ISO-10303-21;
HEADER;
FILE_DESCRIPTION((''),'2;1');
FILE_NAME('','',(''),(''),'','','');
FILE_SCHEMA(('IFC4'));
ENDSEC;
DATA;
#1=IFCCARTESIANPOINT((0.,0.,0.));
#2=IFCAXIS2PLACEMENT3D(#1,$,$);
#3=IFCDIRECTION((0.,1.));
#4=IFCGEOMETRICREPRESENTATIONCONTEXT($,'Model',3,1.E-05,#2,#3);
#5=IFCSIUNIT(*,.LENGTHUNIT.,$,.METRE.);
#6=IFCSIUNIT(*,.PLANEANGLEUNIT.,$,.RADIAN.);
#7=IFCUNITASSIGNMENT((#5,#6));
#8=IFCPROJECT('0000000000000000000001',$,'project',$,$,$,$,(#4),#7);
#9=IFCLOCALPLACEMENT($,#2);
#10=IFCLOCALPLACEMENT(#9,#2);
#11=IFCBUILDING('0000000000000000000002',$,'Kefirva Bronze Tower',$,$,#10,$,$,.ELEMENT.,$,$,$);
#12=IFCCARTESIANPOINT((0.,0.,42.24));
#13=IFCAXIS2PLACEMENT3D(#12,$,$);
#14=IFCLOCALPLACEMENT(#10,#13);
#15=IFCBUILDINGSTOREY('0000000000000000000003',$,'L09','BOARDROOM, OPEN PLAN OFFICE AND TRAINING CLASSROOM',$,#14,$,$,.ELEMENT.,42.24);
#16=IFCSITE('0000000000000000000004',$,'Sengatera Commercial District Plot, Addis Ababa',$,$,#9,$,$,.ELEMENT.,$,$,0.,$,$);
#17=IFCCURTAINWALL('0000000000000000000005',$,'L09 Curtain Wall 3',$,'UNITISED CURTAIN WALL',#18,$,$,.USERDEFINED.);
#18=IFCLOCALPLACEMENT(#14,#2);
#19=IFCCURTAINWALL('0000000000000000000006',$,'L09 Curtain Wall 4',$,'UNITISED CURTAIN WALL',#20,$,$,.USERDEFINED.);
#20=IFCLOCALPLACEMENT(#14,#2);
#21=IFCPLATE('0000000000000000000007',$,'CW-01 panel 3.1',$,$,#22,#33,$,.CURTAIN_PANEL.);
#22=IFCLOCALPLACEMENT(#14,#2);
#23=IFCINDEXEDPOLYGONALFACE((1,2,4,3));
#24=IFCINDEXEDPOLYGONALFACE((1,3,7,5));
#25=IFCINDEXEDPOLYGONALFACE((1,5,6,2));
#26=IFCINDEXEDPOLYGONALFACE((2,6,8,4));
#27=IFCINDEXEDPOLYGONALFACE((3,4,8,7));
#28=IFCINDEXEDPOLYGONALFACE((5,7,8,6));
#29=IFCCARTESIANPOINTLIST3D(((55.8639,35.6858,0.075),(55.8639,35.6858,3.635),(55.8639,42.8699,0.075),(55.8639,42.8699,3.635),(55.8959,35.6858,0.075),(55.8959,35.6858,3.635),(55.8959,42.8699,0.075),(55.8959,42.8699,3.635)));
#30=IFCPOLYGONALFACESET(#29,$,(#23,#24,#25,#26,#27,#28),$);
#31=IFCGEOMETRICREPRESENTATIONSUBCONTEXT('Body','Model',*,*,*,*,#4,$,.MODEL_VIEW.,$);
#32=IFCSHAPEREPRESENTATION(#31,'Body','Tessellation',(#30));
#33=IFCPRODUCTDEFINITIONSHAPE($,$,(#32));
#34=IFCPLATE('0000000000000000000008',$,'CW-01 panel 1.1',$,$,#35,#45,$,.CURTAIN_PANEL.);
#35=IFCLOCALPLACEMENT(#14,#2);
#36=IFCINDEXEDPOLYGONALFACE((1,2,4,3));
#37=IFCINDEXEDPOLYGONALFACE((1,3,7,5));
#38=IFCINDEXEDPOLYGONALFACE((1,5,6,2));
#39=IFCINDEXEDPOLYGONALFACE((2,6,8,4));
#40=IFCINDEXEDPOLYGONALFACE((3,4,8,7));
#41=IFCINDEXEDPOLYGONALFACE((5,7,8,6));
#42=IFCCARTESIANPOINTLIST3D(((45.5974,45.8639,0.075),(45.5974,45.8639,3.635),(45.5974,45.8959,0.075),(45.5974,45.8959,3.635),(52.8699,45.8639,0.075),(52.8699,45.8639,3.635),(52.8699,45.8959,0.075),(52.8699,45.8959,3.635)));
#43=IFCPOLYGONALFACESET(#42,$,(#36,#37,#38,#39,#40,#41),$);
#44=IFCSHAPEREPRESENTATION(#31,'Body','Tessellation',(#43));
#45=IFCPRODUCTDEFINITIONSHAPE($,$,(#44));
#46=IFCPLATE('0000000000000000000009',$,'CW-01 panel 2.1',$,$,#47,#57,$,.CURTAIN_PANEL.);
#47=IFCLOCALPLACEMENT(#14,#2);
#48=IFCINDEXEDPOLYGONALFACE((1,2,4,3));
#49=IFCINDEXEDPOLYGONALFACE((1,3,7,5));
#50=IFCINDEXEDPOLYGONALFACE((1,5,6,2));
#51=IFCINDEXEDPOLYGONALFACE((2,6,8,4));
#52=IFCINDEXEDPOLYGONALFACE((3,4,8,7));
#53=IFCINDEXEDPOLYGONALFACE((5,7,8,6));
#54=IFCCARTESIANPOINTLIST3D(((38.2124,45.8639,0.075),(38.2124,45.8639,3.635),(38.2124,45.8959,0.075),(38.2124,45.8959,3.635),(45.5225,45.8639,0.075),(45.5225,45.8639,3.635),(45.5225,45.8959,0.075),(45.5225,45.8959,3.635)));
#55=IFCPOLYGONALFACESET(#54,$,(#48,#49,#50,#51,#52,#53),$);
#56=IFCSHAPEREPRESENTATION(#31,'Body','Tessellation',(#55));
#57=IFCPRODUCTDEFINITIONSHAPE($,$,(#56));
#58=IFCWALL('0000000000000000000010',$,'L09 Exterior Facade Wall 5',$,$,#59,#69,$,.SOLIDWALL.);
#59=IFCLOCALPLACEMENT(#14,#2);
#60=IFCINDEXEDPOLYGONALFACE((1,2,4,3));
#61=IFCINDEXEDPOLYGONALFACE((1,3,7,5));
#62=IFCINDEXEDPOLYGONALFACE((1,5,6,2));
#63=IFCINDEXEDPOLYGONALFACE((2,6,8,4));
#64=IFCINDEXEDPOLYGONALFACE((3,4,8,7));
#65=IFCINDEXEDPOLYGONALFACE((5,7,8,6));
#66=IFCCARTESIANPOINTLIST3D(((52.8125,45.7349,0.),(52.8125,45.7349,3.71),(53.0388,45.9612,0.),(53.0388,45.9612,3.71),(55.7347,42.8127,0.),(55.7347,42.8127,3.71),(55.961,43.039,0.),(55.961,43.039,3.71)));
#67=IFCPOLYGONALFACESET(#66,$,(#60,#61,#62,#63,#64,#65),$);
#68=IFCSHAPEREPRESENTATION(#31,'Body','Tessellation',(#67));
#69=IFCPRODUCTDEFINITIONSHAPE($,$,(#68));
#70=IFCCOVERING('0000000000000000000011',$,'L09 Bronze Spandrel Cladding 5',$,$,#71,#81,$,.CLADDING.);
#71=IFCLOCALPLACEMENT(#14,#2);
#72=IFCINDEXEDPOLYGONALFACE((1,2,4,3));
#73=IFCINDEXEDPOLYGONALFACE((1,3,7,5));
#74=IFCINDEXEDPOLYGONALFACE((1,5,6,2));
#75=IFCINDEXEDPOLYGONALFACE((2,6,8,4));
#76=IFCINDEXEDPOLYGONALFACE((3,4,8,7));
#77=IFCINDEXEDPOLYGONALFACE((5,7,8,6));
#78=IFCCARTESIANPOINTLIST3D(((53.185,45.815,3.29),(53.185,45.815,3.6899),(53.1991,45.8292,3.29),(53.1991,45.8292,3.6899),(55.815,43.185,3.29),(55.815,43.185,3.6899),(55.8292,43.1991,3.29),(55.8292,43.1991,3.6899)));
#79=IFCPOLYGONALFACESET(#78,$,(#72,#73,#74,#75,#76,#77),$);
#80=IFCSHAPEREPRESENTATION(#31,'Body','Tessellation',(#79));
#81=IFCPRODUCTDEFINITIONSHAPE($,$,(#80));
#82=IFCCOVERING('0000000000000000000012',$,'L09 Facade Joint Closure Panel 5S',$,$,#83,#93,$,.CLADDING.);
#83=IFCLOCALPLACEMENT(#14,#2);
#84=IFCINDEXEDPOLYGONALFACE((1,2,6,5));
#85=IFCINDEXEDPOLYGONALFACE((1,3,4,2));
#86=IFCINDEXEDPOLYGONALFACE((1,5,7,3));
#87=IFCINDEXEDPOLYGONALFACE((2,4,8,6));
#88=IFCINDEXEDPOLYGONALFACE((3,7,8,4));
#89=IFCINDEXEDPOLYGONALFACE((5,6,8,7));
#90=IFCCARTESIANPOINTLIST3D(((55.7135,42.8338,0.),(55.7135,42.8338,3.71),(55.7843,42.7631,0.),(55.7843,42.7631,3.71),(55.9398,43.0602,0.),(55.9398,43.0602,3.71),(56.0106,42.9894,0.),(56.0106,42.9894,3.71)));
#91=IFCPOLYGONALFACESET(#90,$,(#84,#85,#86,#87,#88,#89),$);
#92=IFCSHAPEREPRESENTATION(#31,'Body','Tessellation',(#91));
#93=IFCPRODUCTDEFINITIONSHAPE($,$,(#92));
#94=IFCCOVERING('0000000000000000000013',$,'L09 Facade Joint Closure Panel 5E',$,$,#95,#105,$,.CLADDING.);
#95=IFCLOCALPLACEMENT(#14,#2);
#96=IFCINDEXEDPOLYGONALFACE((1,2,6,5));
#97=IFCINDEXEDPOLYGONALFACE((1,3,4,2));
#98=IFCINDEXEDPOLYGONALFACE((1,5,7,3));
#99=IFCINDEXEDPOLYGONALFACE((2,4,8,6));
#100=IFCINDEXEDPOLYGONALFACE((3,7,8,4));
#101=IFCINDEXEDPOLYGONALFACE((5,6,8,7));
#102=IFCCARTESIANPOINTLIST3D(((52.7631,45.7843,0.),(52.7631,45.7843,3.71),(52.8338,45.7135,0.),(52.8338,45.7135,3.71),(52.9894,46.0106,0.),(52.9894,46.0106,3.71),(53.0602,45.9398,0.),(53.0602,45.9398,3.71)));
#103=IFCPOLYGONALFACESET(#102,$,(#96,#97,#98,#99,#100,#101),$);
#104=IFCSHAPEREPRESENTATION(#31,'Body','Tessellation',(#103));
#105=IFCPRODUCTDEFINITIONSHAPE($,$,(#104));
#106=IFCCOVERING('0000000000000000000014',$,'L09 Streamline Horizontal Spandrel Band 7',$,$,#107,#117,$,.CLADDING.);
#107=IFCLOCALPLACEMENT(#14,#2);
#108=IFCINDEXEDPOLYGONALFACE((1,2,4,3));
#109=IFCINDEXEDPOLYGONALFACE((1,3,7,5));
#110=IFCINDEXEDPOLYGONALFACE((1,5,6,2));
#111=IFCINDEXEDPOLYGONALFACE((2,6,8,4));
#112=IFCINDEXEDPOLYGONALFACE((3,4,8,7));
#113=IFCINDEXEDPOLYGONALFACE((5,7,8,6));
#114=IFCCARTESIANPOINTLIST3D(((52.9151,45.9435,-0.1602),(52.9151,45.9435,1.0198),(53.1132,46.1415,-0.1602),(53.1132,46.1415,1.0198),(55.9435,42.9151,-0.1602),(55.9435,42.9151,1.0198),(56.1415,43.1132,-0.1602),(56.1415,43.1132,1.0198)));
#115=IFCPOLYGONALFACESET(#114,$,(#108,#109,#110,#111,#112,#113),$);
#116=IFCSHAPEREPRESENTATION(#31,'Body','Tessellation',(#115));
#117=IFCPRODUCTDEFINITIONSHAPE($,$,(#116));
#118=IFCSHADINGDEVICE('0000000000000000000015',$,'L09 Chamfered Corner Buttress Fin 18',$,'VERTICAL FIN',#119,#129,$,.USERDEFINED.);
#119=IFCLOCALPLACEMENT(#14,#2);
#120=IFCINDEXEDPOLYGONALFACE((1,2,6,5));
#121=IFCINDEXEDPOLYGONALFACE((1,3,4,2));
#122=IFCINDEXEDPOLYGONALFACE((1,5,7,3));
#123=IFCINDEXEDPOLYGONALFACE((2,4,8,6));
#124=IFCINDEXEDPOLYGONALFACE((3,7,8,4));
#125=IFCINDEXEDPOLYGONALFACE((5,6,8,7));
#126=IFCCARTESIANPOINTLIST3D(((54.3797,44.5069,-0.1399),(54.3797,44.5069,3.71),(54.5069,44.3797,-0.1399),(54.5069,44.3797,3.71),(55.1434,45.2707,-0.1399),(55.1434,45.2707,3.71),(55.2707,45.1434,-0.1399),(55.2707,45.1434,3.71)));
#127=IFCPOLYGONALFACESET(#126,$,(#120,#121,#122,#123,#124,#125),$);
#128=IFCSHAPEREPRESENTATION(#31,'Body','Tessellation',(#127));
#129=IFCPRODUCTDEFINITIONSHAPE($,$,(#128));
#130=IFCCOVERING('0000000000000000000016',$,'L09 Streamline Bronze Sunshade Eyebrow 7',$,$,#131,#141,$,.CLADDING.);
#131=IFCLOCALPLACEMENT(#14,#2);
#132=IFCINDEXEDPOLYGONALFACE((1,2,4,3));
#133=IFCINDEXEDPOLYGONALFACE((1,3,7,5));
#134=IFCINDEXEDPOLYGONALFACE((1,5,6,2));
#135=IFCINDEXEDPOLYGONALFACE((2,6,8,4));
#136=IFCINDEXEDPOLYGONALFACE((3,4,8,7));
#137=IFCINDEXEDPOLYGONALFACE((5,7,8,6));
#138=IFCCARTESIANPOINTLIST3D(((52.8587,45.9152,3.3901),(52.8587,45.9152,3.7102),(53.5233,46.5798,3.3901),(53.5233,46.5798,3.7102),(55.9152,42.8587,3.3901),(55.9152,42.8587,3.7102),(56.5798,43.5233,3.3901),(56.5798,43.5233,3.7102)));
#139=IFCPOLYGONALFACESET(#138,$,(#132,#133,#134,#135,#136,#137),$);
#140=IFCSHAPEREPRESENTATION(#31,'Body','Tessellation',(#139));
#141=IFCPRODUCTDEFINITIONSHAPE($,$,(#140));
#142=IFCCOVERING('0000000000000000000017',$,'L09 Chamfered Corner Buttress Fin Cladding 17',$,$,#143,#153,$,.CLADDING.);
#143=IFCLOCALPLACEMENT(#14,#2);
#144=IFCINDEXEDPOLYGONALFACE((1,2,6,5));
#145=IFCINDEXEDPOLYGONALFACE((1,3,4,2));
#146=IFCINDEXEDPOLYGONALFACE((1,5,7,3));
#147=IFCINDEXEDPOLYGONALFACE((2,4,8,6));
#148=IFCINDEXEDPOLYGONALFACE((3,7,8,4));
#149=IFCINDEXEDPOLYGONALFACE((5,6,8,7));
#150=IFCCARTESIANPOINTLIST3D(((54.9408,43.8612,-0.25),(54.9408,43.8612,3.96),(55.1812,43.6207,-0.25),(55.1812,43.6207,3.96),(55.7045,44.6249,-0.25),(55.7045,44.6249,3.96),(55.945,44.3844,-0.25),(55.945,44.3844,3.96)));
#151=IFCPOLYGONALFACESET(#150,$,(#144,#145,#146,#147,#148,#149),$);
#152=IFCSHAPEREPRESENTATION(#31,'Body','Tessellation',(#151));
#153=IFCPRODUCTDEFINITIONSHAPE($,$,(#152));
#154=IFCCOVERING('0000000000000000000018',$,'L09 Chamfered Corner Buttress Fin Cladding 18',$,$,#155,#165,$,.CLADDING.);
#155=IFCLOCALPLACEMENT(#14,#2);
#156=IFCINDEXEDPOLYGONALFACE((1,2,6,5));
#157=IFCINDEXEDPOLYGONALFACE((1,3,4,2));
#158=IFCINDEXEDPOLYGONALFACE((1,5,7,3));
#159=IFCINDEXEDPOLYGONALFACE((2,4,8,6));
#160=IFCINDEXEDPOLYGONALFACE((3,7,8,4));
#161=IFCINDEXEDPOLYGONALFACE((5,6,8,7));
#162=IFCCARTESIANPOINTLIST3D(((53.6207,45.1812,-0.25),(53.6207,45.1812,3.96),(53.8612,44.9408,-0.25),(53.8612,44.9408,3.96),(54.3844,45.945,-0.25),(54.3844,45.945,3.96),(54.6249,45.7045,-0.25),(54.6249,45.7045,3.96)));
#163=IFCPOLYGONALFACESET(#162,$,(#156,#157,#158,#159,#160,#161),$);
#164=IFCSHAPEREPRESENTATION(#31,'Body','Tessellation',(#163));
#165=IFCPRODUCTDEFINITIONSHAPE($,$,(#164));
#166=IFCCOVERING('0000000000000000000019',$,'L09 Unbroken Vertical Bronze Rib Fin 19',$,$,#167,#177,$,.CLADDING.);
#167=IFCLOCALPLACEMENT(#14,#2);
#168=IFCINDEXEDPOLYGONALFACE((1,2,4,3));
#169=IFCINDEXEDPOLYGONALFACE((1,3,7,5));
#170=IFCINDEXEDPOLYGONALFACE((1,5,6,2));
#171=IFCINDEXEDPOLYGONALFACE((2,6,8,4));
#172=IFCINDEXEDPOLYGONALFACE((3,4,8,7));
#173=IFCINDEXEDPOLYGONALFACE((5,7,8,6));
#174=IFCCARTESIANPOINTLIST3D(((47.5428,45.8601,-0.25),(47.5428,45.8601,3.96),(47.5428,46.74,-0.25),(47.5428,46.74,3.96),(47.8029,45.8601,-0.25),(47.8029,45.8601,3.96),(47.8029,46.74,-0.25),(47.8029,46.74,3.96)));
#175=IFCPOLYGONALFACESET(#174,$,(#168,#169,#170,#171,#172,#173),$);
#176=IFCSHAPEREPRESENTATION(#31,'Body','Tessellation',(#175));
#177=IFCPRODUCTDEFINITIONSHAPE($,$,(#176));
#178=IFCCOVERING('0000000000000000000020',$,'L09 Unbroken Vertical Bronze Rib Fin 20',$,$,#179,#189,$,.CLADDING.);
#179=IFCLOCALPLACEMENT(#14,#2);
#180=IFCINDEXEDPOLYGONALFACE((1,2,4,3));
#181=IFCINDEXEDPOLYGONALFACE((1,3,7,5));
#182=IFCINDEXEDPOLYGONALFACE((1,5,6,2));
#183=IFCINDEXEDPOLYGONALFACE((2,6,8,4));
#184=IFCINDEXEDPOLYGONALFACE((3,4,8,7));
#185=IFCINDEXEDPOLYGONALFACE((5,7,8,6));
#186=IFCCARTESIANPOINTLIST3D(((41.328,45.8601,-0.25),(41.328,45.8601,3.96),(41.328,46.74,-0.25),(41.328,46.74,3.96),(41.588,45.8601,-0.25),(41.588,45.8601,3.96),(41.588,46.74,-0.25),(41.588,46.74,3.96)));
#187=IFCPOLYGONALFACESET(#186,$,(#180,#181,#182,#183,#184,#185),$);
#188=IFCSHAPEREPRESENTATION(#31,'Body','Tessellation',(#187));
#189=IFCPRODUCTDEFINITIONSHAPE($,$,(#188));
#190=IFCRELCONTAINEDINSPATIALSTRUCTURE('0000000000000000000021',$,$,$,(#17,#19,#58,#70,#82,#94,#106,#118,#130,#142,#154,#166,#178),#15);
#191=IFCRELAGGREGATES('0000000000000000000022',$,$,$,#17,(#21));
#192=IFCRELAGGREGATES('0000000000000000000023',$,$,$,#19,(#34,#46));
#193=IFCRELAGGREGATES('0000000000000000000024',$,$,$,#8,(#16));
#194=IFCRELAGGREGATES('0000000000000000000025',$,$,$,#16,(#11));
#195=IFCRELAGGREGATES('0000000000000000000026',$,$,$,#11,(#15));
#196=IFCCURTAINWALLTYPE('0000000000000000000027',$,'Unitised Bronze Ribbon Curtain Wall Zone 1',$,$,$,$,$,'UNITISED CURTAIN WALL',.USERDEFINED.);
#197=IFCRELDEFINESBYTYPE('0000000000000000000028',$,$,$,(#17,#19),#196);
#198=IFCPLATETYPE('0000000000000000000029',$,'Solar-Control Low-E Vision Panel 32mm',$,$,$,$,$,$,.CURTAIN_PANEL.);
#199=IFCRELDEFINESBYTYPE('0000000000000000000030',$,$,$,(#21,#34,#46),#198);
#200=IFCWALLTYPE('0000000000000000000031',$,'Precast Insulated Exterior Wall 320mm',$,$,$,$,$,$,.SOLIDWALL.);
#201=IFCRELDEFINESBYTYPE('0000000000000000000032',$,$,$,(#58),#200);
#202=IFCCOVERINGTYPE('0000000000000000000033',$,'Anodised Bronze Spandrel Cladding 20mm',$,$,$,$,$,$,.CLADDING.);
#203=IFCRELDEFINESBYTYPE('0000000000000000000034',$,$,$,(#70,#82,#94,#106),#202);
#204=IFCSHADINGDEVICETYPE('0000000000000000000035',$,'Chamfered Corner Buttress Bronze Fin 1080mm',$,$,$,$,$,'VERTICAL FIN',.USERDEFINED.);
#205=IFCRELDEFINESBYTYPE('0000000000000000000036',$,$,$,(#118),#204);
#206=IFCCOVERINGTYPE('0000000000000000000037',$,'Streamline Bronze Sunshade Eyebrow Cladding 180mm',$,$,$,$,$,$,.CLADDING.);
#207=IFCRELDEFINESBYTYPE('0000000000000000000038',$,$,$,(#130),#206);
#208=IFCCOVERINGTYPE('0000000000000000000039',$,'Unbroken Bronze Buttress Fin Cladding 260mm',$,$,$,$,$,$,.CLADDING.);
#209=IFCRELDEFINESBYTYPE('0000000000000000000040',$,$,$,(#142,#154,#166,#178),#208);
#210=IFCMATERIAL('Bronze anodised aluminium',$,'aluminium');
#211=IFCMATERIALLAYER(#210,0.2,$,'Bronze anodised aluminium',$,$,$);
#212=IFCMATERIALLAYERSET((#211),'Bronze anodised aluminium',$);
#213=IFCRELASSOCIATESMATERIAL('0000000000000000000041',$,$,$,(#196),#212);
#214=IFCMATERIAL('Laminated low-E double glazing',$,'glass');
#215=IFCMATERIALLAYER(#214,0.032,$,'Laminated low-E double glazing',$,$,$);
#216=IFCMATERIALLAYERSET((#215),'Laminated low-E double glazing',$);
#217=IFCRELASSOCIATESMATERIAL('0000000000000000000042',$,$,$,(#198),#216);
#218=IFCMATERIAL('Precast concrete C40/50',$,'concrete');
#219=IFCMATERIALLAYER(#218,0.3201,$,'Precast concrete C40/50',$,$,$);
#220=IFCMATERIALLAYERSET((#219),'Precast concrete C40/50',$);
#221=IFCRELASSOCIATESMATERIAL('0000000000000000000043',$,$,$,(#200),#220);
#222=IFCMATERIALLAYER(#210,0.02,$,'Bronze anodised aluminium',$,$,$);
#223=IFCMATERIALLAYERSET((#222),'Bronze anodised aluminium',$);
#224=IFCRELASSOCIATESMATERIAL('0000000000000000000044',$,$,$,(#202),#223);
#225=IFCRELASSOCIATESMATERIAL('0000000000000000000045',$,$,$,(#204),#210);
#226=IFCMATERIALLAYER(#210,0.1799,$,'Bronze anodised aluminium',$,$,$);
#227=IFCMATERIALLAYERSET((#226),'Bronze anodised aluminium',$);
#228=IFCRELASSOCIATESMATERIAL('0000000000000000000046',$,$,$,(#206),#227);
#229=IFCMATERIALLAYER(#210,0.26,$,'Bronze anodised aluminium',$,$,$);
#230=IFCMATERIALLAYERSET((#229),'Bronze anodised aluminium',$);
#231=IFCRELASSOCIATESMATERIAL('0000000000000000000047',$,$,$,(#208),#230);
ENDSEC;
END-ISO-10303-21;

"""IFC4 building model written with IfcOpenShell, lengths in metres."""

from ifc_helpers import new_model, si_unit, direction, frame, frame_2d, origin, origin_2d, place, context, subcontext, project, spatial, rectangle, extrude, material, layer, layer_set, material_profile, profile_set, type_object, element, aggregate, save


model = new_model("IFC4")

# Units and contexts
model_context = context("Model", 3, precision=1e-05, world=origin(), true_north=direction((0.0, 1.0)))
body_context = subcontext(model_context, "Body", "Model", "MODEL_VIEW")
ifc_project = project(units=[si_unit("LENGTHUNIT", "METRE"), si_unit("PLANEANGLEUNIT", "RADIAN")], contexts=[model_context])

# Site, building, storey
site_placement = place(None, origin())
site = spatial("IfcSite", under=ifc_project, at=site_placement, Name="Sengatera Commercial District Plot, Addis Ababa", CompositionType="ELEMENT", RefElevation=0.0)
building_placement = place(site_placement, origin())
building = spatial("IfcBuilding", under=site, at=building_placement, Name="Kefirva Bronze Tower", CompositionType="ELEMENT")
storey_placement = place(building_placement, frame((0.0, 0.0, 42.24)))
storey = spatial("IfcBuildingStorey", under=building, at=storey_placement, Name="L09", Description="BOARDROOM, OPEN PLAN OFFICE AND TRAINING CLASSROOM", CompositionType="ELEMENT", Elevation=42.24)

# Curtain wall
ifc_material_1 = material(Name="Bronze anodised aluminium", Category="aluminium")
ifc_layer_1 = layer(ifc_material_1, 0.2, Name="Bronze anodised aluminium")
ifc_layer_set_1 = layer_set([ifc_layer_1], Name="Bronze anodised aluminium")
curtain_wall_type = type_object("IfcCurtainWallType", Name="Unitised Bronze Ribbon Curtain Wall Zone 1", ElementType="UNITISED CURTAIN WALL", PredefinedType="USERDEFINED", material=ifc_layer_set_1)
curtain_wall_1_placement = place(storey_placement, origin())
curtain_wall_1 = element("IfcCurtainWall", 1, at=curtain_wall_1_placement, inside=storey, type_object=curtain_wall_type, Name="L09 Curtain Wall 3", ObjectType="UNITISED CURTAIN WALL", PredefinedType="USERDEFINED")

# Curtain wall
curtain_wall_2_placement = place(storey_placement, origin())
curtain_wall_2 = element("IfcCurtainWall", 2, at=curtain_wall_2_placement, inside=storey, type_object=curtain_wall_type, Name="L09 Curtain Wall 4", ObjectType="UNITISED CURTAIN WALL", PredefinedType="USERDEFINED")

# Plates
ifc_material_2 = material(Name="Laminated low-E double glazing", Category="glass")
ifc_layer_2 = layer(ifc_material_2, 0.032, Name="Laminated low-E double glazing")
ifc_layer_set_2 = layer_set([ifc_layer_2], Name="Laminated low-E double glazing")
plate_type = type_object("IfcPlateType", Name="Solar-Control Low-E Vision Panel 32mm", PredefinedType="CURTAIN_PANEL", material=ifc_layer_set_2)
plate_1_placement = place(storey_placement, frame((55.8799, 39.2778, 0.075), z_axis=(0.0, 0.0, 1.0), x_axis=(0.0, 1.0, 0.0)))
plate_1 = element("IfcPlate", 3, at=plate_1_placement, type_object=plate_type, Name="CW-01 panel 3.1", PredefinedType="CURTAIN_PANEL", context=body_context, shape_type="SweptSolid", body=[
    extrude(rectangle(XDim=7.1841, YDim=0.032, at=origin_2d()), origin(), (0.0, 0.0, 1.0), 3.5601),
])
aggregate(curtain_wall_1, [plate_1])
plate_2_placement = place(storey_placement, frame((49.2336, 45.8799, 0.075), z_axis=(0.0, 0.0, 1.0), x_axis=(-1.0, 0.0, 0.0)))
plate_2 = element("IfcPlate", 4, at=plate_2_placement, type_object=plate_type, Name="CW-01 panel 1.1", PredefinedType="CURTAIN_PANEL", context=body_context, shape_type="SweptSolid", body=[
    extrude(rectangle(XDim=7.2725, YDim=0.032, at=origin_2d()), origin(), (0.0, 0.0, 1.0), 3.5601),
])
plate_3_placement = place(storey_placement, frame((41.8674, 45.8799, 0.075), z_axis=(0.0, 0.0, 1.0), x_axis=(-1.0, 0.0, 0.0)))
plate_3 = element("IfcPlate", 5, at=plate_3_placement, type_object=plate_type, Name="CW-01 panel 2.1", PredefinedType="CURTAIN_PANEL", context=body_context, shape_type="SweptSolid", body=[
    extrude(rectangle(XDim=7.3101, YDim=0.032, at=origin_2d()), origin(), (0.0, 0.0, 1.0), 3.5601),
])
aggregate(curtain_wall_2, [plate_2, plate_3])

# Wall
ifc_material_3 = material(Name="Precast concrete C40/50", Category="concrete")
ifc_layer_3 = layer(ifc_material_3, 0.3201, Name="Precast concrete C40/50")
ifc_layer_set_3 = layer_set([ifc_layer_3], Name="Precast concrete C40/50")
wall_type = type_object("IfcWallType", Name="Precast Insulated Exterior Wall 320mm", PredefinedType="SOLIDWALL", material=ifc_layer_set_3)
wall_placement = place(storey_placement, frame((55.8479, 42.9258, 0.0), z_axis=(0.0, 0.0, 1.0), x_axis=(-0.707107, 0.707107, 0.0)))
element("IfcWall", 6, at=wall_placement, inside=storey, type_object=wall_type, Name="L09 Exterior Facade Wall 5", PredefinedType="SOLIDWALL", context=body_context, shape_type="SweptSolid", body=[
    extrude(rectangle(XDim=4.1326, YDim=0.3201, at=frame_2d((2.0664, 0.0))), origin(), (0.0, 0.0, 1.0), 3.71),
])

# Coverings
ifc_layer_4 = layer(ifc_material_1, 0.02, Name="Bronze anodised aluminium")
ifc_layer_set_4 = layer_set([ifc_layer_4], Name="Bronze anodised aluminium")
covering_type_1 = type_object("IfcCoveringType", Name="Anodised Bronze Spandrel Cladding 20mm", PredefinedType="CLADDING", material=ifc_layer_set_4)
covering_1_placement = place(storey_placement, frame((54.5071, 44.5071, 3.29), z_axis=(0.0, 0.0, 1.0), x_axis=(-0.707107, 0.707107, 0.0)))
element("IfcCovering", 7, at=covering_1_placement, inside=storey, type_object=covering_type_1, Name="L09 Bronze Spandrel Cladding 5", PredefinedType="CLADDING", context=body_context, shape_type="SweptSolid", body=[
    extrude(rectangle(XDim=3.7195, YDim=0.02, at=origin_2d()), origin(), (0.0, 0.0, 1.0), 0.3999),
])
for number, where, z_axis, x_axis, name in (
    (8, (55.8621, 42.9116, 0.0), (0.0, 0.0, 1.0), (-0.707107, 0.707107, 0.0), "L09 Facade Joint Closure Panel 5S"),
    (9, (52.9116, 45.8621, 0.0), (0.0, 0.0, 1.0), (-0.707107, 0.707107, 0.0), "L09 Facade Joint Closure Panel 5E"),
):
    element("IfcCovering", number, at=place(storey_placement, frame(where, z_axis=z_axis, x_axis=x_axis)), inside=storey, type_object=covering_type_1, Name=name, PredefinedType="CLADDING", context=body_context, shape_type="SweptSolid", body=[
        extrude(rectangle(XDim=0.1001, YDim=0.3201, at=origin_2d()), origin(), (0.0, 0.0, 1.0), 3.71),
    ])
covering_2_placement = place(storey_placement, frame((54.5283, 44.5283, -0.1602), z_axis=(0.0, 0.0, 1.0), x_axis=(-0.707107, 0.707107, 0.0)))
element("IfcCovering", 10, at=covering_2_placement, inside=storey, type_object=covering_type_1, Name="L09 Streamline Horizontal Spandrel Band 7", PredefinedType="CLADDING", context=body_context, shape_type="SweptSolid", body=[
    extrude(rectangle(XDim=4.2827, YDim=0.28, at=origin_2d()), origin(), (0.0, 0.0, 1.0), 1.1799),
])

# Shading device
ifc_material_profile_1 = material_profile(ifc_material_1, rectangle(XDim=0.1799, YDim=1.0801, at=origin_2d()), Name="BRONZE BUTTRESS FIN 180x1080")
ifc_profile_set_1 = profile_set([ifc_material_profile_1], Name="Bronze anodised aluminium")
shading_device_type_1 = type_object("IfcShadingDeviceType", Name="Chamfered Corner Buttress Bronze Fin 1080mm", ElementType="VERTICAL FIN", PredefinedType="USERDEFINED", material=ifc_profile_set_1)
shading_device_1_placement = place(storey_placement, frame((54.8252, 44.8252, -0.1399), z_axis=(0.0, 0.0, 1.0), x_axis=(-0.707107, 0.707107, 0.0)))
element("IfcShadingDevice", 11, at=shading_device_1_placement, inside=storey, type_object=shading_device_type_1, Name="L09 Chamfered Corner Buttress Fin 18", ObjectType="VERTICAL FIN", PredefinedType="USERDEFINED", context=body_context, shape_type="SweptSolid", body=[
    extrude(rectangle(XDim=0.1799, YDim=1.0801, at=origin_2d()), origin(), (0.0, 0.0, 1.0), 3.8499),
])

# Coverings
ifc_layer_5 = layer(ifc_material_1, 0.1799, Name="Bronze anodised aluminium")
ifc_layer_set_5 = layer_set([ifc_layer_5], Name="Bronze anodised aluminium")
covering_type_2 = type_object("IfcCoveringType", Name="Streamline Bronze Sunshade Eyebrow Cladding 180mm", PredefinedType="CLADDING", material=ifc_layer_set_5)
covering_3_placement = place(storey_placement, frame((54.7192, 44.7192, 3.3901), z_axis=(0.0, 0.0, 1.0), x_axis=(-0.707107, 0.707107, 0.0)))
element("IfcCovering", 12, at=covering_3_placement, inside=storey, type_object=covering_type_2, Name="L09 Streamline Bronze Sunshade Eyebrow 7", PredefinedType="CLADDING", context=body_context, shape_type="SweptSolid", body=[
    extrude(rectangle(XDim=4.3225, YDim=0.9399, at=origin_2d()), origin(), (0.0, 0.0, 1.0), 0.3201),
])
ifc_layer_6 = layer(ifc_material_1, 0.26, Name="Bronze anodised aluminium")
ifc_layer_set_6 = layer_set([ifc_layer_6], Name="Bronze anodised aluminium")
covering_type_3 = type_object("IfcCoveringType", Name="Unbroken Bronze Buttress Fin Cladding 260mm", PredefinedType="CLADDING", material=ifc_layer_set_6)
for number, where, z_axis, x_axis, name in (
    (13, (55.4429, 44.1228, -0.25), (0.0, 0.0, 1.0), (-0.707107, 0.707107, 0.0), "L09 Chamfered Corner Buttress Fin Cladding 17"),
    (14, (54.1228, 45.4429, -0.25), (0.0, 0.0, 1.0), (-0.707107, 0.707107, 0.0), "L09 Chamfered Corner Buttress Fin Cladding 18"),
):
    element("IfcCovering", number, at=place(storey_placement, frame(where, z_axis=z_axis, x_axis=x_axis)), inside=storey, type_object=covering_type_3, Name=name, PredefinedType="CLADDING", context=body_context, shape_type="SweptSolid", body=[
        extrude(rectangle(XDim=0.3401, YDim=1.0801, at=origin_2d()), origin(), (0.0, 0.0, 1.0), 4.21),
    ])
for number, where, z_axis, x_axis, name in (
    (15, (47.6729, 46.3, -0.25), (0.0, 0.0, 1.0), (-1.0, 0.0, 0.0), "L09 Unbroken Vertical Bronze Rib Fin 19"),
    (16, (41.458, 46.3, -0.25), (0.0, 0.0, 1.0), (-1.0, 0.0, 0.0), "L09 Unbroken Vertical Bronze Rib Fin 20"),
):
    element("IfcCovering", number, at=place(storey_placement, frame(where, z_axis=z_axis, x_axis=x_axis)), inside=storey, type_object=covering_type_3, Name=name, PredefinedType="CLADDING", context=body_context, shape_type="SweptSolid", body=[
        extrude(rectangle(XDim=0.26, YDim=0.8799, at=origin_2d()), origin(), (0.0, 0.0, 1.0), 4.21),
    ])

save(model, "model.ifc")
